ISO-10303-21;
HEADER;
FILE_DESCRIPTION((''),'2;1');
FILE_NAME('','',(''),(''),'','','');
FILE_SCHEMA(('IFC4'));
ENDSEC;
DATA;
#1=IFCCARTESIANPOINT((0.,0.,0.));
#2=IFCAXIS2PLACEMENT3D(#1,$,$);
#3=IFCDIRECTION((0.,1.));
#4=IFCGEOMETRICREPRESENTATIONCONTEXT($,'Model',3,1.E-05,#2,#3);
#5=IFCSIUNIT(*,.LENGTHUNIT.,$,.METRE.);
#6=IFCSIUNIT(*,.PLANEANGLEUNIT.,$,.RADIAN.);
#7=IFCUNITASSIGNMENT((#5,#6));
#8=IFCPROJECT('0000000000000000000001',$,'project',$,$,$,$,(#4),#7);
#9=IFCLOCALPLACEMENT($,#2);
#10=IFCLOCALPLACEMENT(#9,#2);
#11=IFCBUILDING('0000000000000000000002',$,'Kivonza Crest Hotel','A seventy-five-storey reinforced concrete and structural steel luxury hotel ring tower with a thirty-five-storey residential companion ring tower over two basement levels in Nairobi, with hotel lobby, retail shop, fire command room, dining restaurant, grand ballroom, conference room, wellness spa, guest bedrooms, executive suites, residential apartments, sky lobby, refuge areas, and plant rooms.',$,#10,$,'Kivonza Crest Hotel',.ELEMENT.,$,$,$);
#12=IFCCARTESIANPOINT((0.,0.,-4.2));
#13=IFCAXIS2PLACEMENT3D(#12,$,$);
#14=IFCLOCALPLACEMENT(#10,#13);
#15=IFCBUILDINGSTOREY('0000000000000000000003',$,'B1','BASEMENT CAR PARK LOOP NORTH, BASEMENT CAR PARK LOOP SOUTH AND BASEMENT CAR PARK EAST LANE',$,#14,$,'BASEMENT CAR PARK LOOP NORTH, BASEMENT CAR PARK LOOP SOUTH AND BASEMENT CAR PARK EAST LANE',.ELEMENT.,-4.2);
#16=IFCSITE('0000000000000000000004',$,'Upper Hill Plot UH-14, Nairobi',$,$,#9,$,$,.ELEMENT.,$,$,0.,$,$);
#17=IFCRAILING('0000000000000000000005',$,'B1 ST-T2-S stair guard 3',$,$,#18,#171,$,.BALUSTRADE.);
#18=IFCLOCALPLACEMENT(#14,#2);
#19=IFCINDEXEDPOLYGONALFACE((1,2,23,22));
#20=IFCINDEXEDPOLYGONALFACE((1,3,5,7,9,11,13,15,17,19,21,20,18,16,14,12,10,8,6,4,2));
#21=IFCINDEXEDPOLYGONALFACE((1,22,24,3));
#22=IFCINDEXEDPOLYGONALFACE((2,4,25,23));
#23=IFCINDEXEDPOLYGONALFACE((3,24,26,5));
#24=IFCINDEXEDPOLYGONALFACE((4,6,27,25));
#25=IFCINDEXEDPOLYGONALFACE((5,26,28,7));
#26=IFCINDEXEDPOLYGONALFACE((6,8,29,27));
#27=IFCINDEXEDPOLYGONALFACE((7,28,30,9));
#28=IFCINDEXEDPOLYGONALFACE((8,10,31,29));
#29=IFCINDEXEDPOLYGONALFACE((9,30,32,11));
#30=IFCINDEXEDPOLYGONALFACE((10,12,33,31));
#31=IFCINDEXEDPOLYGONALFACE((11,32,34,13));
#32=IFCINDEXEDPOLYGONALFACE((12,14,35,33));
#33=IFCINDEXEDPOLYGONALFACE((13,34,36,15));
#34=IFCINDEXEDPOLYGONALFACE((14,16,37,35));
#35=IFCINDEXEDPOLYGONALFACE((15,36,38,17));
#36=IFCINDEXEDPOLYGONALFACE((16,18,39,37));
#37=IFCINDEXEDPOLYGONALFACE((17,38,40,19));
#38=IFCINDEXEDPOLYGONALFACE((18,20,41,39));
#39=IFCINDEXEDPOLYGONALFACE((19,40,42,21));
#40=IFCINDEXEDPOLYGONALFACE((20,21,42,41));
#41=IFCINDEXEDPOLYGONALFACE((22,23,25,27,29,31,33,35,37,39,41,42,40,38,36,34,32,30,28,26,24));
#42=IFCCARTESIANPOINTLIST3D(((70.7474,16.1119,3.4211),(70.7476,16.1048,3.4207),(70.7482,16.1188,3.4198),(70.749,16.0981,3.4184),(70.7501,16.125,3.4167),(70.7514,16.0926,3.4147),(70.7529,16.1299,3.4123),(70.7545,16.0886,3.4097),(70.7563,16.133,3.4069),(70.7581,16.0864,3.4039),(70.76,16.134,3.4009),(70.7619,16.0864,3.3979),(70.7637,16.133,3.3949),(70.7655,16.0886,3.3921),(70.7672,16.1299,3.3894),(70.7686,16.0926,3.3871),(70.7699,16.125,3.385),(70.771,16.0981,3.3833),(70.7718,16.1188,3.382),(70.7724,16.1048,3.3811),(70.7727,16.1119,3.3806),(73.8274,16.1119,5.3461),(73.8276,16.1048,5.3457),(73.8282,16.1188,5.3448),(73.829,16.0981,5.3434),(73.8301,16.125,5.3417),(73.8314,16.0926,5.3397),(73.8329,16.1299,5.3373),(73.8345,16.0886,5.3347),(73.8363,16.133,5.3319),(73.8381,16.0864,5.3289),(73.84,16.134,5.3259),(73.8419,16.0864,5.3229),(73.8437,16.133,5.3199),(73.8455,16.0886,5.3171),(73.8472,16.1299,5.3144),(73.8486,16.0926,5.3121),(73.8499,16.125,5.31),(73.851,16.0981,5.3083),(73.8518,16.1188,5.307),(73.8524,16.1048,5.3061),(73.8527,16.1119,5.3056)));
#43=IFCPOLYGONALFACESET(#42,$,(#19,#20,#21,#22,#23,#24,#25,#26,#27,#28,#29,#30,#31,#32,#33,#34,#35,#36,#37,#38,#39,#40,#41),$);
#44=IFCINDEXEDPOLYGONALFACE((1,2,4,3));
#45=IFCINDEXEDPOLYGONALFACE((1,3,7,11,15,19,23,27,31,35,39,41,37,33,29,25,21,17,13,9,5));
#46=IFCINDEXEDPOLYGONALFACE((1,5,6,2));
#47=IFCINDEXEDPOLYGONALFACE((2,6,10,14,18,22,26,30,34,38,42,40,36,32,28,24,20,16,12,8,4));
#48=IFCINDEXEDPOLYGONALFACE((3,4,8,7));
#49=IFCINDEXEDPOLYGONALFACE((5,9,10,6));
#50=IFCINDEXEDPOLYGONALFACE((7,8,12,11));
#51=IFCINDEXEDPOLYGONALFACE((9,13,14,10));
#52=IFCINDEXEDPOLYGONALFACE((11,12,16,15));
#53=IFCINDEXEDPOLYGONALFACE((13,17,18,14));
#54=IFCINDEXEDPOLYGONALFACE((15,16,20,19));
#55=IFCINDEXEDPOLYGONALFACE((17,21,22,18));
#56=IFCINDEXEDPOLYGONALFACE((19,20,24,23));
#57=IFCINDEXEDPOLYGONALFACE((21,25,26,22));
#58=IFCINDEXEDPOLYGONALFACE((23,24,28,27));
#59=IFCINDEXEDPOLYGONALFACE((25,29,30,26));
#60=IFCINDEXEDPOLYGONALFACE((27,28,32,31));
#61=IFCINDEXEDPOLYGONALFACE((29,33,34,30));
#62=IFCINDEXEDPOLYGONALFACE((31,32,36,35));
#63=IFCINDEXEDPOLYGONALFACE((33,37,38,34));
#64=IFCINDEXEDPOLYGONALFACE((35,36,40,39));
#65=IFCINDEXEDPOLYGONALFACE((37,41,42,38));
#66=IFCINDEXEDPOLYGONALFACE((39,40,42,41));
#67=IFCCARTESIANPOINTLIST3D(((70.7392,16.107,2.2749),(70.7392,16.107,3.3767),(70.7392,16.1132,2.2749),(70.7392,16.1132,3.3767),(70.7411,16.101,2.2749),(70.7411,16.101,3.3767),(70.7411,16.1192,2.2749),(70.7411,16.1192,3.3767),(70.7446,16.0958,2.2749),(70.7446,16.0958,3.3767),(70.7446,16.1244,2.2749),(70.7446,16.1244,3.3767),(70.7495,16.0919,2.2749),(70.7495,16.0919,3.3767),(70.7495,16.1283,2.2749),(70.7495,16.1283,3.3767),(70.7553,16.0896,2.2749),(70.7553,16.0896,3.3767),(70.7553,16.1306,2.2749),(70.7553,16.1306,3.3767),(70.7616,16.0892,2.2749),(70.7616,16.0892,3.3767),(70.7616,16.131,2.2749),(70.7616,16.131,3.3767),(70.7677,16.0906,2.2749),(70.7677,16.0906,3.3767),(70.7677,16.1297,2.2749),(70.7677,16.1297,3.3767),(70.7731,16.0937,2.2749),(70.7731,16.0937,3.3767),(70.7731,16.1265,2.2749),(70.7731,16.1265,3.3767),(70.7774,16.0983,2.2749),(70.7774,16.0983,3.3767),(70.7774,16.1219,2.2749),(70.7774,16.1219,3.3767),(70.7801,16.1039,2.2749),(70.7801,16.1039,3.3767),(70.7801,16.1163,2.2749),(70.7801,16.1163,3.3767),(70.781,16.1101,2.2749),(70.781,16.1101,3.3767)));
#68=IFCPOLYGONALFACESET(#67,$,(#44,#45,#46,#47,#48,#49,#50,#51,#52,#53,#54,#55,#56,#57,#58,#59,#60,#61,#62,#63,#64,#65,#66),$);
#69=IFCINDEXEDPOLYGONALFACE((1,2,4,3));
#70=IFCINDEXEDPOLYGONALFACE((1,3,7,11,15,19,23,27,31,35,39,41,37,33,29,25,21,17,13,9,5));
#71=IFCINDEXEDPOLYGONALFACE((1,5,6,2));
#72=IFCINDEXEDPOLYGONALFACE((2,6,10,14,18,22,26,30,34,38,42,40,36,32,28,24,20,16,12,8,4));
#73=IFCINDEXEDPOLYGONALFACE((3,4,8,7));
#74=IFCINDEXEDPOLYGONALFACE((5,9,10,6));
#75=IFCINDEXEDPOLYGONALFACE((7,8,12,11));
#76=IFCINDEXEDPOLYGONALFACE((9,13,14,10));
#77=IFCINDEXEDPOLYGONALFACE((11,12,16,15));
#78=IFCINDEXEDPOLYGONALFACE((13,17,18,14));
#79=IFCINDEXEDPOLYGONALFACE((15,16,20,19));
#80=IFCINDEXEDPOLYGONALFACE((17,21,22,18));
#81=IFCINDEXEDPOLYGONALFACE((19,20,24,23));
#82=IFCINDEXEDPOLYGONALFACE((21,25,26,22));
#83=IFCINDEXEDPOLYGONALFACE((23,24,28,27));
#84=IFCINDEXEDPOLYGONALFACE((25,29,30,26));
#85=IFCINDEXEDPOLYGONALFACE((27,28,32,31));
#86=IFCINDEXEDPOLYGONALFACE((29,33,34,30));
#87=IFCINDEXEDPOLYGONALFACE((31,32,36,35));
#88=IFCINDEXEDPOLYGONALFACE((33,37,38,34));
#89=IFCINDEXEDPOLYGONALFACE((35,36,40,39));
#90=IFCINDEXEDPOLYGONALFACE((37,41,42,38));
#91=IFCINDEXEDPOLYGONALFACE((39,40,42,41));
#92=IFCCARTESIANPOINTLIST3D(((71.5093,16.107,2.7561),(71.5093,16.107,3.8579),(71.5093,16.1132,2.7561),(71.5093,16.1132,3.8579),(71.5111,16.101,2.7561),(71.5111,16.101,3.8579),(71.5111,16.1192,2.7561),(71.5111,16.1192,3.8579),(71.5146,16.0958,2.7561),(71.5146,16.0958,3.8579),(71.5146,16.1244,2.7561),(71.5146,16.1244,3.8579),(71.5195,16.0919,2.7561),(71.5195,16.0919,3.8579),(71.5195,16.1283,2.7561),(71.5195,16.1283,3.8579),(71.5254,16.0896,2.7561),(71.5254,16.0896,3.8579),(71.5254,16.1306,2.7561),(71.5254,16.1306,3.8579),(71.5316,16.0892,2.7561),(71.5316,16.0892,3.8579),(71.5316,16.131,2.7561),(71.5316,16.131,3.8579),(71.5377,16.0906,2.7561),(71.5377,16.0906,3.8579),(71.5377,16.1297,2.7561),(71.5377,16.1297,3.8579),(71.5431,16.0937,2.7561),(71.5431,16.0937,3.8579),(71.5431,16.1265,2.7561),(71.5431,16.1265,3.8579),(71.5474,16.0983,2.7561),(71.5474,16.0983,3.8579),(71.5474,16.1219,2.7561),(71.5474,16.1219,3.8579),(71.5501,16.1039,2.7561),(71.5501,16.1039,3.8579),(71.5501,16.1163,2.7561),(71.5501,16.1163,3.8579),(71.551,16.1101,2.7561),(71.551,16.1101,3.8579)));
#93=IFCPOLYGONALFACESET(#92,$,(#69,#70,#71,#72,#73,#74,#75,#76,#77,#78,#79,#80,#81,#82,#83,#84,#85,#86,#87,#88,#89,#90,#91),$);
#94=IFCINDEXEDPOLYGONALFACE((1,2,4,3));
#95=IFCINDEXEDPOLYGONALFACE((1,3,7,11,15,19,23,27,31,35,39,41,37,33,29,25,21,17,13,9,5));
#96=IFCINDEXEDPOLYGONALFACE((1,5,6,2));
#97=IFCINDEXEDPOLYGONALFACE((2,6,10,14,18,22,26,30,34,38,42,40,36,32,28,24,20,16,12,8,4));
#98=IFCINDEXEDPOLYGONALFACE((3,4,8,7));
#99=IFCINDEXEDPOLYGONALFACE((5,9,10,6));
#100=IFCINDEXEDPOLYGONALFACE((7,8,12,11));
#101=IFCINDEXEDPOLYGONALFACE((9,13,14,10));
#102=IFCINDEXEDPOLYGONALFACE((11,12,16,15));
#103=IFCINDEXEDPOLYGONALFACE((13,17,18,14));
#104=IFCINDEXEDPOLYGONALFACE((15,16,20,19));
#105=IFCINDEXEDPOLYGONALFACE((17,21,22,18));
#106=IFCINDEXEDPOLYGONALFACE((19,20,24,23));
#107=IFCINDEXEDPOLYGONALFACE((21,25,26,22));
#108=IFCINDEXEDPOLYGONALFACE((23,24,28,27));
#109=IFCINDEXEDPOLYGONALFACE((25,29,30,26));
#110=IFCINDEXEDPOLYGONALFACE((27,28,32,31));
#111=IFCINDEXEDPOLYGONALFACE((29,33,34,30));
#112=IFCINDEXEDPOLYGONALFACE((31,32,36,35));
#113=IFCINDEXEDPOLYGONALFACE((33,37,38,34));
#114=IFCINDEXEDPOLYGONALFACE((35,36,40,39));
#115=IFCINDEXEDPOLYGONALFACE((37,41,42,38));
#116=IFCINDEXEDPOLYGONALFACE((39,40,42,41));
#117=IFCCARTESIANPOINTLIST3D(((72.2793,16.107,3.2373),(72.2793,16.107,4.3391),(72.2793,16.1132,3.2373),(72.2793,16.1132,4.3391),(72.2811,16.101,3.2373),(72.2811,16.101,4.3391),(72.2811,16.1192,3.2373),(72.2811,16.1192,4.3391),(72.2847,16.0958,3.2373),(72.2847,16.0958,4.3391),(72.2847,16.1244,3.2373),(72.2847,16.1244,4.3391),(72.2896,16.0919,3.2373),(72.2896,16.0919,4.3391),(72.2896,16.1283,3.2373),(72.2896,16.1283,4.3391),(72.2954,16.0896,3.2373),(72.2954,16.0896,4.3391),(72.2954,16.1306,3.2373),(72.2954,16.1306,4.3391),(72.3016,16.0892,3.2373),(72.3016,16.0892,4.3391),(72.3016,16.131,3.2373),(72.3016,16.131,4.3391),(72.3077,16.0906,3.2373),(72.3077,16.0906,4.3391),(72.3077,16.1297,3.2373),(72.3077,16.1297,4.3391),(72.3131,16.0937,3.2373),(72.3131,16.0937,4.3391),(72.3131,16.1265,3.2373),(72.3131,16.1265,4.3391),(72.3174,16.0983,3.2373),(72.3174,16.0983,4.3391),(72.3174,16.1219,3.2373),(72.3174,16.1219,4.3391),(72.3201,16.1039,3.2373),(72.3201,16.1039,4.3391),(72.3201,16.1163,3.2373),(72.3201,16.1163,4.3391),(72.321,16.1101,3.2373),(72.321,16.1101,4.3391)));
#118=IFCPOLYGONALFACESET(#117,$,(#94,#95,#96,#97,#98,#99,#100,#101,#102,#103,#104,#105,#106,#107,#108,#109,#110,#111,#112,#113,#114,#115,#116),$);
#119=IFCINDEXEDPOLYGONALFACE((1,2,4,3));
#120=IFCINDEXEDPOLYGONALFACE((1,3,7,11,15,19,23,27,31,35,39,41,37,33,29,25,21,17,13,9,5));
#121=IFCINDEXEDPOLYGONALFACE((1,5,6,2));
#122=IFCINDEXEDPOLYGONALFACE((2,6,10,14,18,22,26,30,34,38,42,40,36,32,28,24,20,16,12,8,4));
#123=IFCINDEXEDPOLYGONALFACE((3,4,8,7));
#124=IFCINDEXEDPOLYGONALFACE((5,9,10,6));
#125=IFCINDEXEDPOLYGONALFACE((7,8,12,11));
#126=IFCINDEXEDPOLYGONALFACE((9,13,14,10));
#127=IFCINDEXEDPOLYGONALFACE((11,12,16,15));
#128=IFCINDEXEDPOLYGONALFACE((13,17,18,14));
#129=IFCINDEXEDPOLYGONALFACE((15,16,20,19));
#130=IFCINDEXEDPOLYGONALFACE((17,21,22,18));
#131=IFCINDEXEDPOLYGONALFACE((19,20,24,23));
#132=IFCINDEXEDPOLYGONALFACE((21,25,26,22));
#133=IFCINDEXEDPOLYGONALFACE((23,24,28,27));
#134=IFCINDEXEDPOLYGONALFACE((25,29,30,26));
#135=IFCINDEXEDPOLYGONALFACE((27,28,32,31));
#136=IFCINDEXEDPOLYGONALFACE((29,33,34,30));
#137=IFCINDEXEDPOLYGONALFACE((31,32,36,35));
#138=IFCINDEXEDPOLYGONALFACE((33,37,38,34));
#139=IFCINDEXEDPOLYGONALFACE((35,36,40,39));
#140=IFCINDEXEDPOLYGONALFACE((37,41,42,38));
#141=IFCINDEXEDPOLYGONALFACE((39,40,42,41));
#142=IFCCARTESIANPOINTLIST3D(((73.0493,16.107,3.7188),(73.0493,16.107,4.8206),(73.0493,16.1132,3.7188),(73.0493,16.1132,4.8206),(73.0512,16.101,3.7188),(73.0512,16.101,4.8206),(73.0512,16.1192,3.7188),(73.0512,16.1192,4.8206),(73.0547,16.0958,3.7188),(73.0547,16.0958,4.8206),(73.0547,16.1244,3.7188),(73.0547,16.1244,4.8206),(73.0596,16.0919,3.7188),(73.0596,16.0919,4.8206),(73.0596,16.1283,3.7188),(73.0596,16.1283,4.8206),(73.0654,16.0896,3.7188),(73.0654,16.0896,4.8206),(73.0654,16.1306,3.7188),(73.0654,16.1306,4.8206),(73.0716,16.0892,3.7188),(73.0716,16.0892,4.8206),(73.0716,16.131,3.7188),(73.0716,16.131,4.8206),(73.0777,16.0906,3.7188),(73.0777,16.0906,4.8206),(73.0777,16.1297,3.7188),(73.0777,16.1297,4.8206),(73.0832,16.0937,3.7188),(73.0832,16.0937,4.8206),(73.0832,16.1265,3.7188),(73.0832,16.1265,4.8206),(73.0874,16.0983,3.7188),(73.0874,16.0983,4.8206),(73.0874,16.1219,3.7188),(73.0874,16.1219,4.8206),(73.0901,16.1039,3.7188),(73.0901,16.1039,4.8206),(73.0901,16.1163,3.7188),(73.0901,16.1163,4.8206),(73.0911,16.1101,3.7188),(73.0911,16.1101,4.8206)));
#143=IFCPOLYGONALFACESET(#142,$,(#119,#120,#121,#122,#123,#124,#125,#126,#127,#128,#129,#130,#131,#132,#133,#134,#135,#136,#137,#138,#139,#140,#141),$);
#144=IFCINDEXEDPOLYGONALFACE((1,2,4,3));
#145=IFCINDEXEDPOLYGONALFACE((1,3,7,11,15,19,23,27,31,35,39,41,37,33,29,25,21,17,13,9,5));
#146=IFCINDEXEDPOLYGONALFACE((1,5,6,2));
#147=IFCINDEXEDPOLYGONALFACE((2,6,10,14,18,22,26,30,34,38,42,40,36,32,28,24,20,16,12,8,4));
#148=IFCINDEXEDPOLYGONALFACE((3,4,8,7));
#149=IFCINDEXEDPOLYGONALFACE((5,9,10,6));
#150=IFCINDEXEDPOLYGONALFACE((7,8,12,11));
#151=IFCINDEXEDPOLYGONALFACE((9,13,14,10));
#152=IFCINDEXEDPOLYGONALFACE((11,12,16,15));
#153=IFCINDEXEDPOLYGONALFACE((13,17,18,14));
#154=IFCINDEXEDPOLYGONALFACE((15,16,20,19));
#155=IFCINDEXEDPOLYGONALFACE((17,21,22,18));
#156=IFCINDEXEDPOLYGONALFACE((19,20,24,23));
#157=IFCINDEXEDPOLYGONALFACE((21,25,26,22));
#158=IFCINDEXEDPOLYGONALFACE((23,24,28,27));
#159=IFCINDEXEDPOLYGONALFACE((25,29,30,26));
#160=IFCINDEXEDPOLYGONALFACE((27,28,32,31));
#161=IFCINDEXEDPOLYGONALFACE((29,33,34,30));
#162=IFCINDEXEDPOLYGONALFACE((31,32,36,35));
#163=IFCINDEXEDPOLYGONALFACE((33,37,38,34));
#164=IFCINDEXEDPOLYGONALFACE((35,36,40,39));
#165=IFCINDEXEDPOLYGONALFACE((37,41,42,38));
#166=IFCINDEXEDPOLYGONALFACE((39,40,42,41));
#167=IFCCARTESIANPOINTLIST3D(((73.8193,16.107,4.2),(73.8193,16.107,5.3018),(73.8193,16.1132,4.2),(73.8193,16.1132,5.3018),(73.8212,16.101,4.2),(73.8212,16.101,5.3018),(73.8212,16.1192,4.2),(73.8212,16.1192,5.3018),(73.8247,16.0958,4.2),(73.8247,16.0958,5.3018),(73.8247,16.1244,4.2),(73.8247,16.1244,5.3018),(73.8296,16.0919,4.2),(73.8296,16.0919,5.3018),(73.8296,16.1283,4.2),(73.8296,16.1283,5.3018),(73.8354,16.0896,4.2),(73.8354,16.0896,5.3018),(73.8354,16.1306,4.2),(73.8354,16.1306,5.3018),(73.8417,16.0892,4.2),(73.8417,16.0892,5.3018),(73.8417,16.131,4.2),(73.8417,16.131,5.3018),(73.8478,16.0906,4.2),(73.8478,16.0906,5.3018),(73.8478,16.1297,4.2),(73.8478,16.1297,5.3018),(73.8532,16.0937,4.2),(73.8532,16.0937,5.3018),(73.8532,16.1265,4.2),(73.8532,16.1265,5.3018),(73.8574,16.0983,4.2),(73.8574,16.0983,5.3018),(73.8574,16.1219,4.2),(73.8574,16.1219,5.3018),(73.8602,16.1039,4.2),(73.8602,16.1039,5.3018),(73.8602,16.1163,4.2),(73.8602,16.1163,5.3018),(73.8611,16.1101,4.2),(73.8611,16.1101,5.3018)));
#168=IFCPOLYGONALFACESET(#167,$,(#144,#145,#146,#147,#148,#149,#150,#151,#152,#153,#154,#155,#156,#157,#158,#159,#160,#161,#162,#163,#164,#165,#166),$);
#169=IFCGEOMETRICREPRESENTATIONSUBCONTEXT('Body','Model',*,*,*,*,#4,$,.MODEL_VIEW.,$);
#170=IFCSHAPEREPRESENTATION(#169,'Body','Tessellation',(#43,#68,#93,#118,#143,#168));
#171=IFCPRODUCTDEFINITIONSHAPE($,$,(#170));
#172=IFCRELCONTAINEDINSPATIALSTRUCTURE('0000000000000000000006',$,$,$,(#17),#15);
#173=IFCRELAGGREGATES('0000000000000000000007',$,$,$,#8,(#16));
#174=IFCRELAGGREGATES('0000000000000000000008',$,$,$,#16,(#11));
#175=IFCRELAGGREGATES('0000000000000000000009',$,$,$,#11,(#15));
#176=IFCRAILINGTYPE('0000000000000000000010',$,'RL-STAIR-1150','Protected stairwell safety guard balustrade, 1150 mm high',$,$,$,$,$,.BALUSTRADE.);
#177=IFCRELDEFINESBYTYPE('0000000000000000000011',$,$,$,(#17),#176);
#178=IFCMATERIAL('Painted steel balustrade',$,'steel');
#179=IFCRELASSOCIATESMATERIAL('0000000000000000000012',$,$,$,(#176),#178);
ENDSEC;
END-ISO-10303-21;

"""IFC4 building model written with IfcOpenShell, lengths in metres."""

from ifc_helpers import new_model, si_unit, direction, frame, origin, origin_2d, place, context, subcontext, project, spatial, circle, extrude, material, type_object, element, save


model = new_model("IFC4")

# Units and contexts
model_context = context("Model", 3, precision=1e-05, world=origin(), true_north=direction((0.0, 1.0)))
body_context = subcontext(model_context, "Body", "Model", "MODEL_VIEW")
ifc_project = project(units=[si_unit("LENGTHUNIT", "METRE"), si_unit("PLANEANGLEUNIT", "RADIAN")], contexts=[model_context])

# Site, building, storey
site_placement = place(None, origin())
site = spatial("IfcSite", under=ifc_project, at=site_placement, Name="Upper Hill Plot UH-14, Nairobi", CompositionType="ELEMENT", RefElevation=0.0)
building_placement = place(site_placement, origin())
building = spatial("IfcBuilding", under=site, at=building_placement, Name="Kivonza Crest Hotel", Description="A seventy-five-storey reinforced concrete and structural steel luxury hotel ring tower with a thirty-five-storey residential companion ring tower over two basement levels in Nairobi, with hotel lobby, retail shop, fire command room, dining restaurant, grand ballroom, conference room, wellness spa, guest bedrooms, executive suites, residential apartments, sky lobby, refuge areas, and plant rooms.", LongName="Kivonza Crest Hotel", CompositionType="ELEMENT")
storey_placement = place(building_placement, frame((0.0, 0.0, -4.2)))
storey = spatial("IfcBuildingStorey", under=building, at=storey_placement, Name="B1", Description="BASEMENT CAR PARK LOOP NORTH, BASEMENT CAR PARK LOOP SOUTH AND BASEMENT CAR PARK EAST LANE", LongName="BASEMENT CAR PARK LOOP NORTH, BASEMENT CAR PARK LOOP SOUTH AND BASEMENT CAR PARK EAST LANE", CompositionType="ELEMENT", Elevation=-4.2)

# Railing
ifc_material_1 = material(Name="Painted steel balustrade", Category="steel")
railing_type = type_object("IfcRailingType", Name="RL-STAIR-1150", Description="Protected stairwell safety guard balustrade, 1150 mm high", PredefinedType="BALUSTRADE", material=ifc_material_1)
railing_1_placement = place(storey_placement, frame((70.76, 16.1101, 2.2749)))
element("IfcRailing", 1, at=railing_1_placement, inside=storey, type_object=railing_type, Name="B1 ST-T2-S stair guard 3", PredefinedType="BALUSTRADE", context=body_context, shape_type="SweptSolid", body=[
    extrude(circle(Radius=0.0239, at=origin_2d()), frame((0.0, 0.0, 1.126), z_axis=(0.847998, 0.0, 0.529999), x_axis=(0.0, 1.0, 0.0)), (0.0, 0.0, 1.0), 3.6321),
    extrude(circle(Radius=0.021, at=origin_2d()), origin(), (0.0, 0.0, 1.0), 1.1018),
    extrude(circle(Radius=0.021, at=origin_2d()), frame((0.77, 0.0, 0.4812)), (0.0, 0.0, 1.0), 1.1018),
    extrude(circle(Radius=0.021, at=origin_2d()), frame((1.54, 0.0, 0.9624)), (0.0, 0.0, 1.0), 1.1018),
    extrude(circle(Radius=0.021, at=origin_2d()), frame((2.3101, 0.0, 1.4438)), (0.0, 0.0, 1.0), 1.1018),
    extrude(circle(Radius=0.021, at=origin_2d()), frame((3.0801, 0.0, 1.925)), (0.0, 0.0, 1.0), 1.1018),
])

save(model, "model.ifc")
